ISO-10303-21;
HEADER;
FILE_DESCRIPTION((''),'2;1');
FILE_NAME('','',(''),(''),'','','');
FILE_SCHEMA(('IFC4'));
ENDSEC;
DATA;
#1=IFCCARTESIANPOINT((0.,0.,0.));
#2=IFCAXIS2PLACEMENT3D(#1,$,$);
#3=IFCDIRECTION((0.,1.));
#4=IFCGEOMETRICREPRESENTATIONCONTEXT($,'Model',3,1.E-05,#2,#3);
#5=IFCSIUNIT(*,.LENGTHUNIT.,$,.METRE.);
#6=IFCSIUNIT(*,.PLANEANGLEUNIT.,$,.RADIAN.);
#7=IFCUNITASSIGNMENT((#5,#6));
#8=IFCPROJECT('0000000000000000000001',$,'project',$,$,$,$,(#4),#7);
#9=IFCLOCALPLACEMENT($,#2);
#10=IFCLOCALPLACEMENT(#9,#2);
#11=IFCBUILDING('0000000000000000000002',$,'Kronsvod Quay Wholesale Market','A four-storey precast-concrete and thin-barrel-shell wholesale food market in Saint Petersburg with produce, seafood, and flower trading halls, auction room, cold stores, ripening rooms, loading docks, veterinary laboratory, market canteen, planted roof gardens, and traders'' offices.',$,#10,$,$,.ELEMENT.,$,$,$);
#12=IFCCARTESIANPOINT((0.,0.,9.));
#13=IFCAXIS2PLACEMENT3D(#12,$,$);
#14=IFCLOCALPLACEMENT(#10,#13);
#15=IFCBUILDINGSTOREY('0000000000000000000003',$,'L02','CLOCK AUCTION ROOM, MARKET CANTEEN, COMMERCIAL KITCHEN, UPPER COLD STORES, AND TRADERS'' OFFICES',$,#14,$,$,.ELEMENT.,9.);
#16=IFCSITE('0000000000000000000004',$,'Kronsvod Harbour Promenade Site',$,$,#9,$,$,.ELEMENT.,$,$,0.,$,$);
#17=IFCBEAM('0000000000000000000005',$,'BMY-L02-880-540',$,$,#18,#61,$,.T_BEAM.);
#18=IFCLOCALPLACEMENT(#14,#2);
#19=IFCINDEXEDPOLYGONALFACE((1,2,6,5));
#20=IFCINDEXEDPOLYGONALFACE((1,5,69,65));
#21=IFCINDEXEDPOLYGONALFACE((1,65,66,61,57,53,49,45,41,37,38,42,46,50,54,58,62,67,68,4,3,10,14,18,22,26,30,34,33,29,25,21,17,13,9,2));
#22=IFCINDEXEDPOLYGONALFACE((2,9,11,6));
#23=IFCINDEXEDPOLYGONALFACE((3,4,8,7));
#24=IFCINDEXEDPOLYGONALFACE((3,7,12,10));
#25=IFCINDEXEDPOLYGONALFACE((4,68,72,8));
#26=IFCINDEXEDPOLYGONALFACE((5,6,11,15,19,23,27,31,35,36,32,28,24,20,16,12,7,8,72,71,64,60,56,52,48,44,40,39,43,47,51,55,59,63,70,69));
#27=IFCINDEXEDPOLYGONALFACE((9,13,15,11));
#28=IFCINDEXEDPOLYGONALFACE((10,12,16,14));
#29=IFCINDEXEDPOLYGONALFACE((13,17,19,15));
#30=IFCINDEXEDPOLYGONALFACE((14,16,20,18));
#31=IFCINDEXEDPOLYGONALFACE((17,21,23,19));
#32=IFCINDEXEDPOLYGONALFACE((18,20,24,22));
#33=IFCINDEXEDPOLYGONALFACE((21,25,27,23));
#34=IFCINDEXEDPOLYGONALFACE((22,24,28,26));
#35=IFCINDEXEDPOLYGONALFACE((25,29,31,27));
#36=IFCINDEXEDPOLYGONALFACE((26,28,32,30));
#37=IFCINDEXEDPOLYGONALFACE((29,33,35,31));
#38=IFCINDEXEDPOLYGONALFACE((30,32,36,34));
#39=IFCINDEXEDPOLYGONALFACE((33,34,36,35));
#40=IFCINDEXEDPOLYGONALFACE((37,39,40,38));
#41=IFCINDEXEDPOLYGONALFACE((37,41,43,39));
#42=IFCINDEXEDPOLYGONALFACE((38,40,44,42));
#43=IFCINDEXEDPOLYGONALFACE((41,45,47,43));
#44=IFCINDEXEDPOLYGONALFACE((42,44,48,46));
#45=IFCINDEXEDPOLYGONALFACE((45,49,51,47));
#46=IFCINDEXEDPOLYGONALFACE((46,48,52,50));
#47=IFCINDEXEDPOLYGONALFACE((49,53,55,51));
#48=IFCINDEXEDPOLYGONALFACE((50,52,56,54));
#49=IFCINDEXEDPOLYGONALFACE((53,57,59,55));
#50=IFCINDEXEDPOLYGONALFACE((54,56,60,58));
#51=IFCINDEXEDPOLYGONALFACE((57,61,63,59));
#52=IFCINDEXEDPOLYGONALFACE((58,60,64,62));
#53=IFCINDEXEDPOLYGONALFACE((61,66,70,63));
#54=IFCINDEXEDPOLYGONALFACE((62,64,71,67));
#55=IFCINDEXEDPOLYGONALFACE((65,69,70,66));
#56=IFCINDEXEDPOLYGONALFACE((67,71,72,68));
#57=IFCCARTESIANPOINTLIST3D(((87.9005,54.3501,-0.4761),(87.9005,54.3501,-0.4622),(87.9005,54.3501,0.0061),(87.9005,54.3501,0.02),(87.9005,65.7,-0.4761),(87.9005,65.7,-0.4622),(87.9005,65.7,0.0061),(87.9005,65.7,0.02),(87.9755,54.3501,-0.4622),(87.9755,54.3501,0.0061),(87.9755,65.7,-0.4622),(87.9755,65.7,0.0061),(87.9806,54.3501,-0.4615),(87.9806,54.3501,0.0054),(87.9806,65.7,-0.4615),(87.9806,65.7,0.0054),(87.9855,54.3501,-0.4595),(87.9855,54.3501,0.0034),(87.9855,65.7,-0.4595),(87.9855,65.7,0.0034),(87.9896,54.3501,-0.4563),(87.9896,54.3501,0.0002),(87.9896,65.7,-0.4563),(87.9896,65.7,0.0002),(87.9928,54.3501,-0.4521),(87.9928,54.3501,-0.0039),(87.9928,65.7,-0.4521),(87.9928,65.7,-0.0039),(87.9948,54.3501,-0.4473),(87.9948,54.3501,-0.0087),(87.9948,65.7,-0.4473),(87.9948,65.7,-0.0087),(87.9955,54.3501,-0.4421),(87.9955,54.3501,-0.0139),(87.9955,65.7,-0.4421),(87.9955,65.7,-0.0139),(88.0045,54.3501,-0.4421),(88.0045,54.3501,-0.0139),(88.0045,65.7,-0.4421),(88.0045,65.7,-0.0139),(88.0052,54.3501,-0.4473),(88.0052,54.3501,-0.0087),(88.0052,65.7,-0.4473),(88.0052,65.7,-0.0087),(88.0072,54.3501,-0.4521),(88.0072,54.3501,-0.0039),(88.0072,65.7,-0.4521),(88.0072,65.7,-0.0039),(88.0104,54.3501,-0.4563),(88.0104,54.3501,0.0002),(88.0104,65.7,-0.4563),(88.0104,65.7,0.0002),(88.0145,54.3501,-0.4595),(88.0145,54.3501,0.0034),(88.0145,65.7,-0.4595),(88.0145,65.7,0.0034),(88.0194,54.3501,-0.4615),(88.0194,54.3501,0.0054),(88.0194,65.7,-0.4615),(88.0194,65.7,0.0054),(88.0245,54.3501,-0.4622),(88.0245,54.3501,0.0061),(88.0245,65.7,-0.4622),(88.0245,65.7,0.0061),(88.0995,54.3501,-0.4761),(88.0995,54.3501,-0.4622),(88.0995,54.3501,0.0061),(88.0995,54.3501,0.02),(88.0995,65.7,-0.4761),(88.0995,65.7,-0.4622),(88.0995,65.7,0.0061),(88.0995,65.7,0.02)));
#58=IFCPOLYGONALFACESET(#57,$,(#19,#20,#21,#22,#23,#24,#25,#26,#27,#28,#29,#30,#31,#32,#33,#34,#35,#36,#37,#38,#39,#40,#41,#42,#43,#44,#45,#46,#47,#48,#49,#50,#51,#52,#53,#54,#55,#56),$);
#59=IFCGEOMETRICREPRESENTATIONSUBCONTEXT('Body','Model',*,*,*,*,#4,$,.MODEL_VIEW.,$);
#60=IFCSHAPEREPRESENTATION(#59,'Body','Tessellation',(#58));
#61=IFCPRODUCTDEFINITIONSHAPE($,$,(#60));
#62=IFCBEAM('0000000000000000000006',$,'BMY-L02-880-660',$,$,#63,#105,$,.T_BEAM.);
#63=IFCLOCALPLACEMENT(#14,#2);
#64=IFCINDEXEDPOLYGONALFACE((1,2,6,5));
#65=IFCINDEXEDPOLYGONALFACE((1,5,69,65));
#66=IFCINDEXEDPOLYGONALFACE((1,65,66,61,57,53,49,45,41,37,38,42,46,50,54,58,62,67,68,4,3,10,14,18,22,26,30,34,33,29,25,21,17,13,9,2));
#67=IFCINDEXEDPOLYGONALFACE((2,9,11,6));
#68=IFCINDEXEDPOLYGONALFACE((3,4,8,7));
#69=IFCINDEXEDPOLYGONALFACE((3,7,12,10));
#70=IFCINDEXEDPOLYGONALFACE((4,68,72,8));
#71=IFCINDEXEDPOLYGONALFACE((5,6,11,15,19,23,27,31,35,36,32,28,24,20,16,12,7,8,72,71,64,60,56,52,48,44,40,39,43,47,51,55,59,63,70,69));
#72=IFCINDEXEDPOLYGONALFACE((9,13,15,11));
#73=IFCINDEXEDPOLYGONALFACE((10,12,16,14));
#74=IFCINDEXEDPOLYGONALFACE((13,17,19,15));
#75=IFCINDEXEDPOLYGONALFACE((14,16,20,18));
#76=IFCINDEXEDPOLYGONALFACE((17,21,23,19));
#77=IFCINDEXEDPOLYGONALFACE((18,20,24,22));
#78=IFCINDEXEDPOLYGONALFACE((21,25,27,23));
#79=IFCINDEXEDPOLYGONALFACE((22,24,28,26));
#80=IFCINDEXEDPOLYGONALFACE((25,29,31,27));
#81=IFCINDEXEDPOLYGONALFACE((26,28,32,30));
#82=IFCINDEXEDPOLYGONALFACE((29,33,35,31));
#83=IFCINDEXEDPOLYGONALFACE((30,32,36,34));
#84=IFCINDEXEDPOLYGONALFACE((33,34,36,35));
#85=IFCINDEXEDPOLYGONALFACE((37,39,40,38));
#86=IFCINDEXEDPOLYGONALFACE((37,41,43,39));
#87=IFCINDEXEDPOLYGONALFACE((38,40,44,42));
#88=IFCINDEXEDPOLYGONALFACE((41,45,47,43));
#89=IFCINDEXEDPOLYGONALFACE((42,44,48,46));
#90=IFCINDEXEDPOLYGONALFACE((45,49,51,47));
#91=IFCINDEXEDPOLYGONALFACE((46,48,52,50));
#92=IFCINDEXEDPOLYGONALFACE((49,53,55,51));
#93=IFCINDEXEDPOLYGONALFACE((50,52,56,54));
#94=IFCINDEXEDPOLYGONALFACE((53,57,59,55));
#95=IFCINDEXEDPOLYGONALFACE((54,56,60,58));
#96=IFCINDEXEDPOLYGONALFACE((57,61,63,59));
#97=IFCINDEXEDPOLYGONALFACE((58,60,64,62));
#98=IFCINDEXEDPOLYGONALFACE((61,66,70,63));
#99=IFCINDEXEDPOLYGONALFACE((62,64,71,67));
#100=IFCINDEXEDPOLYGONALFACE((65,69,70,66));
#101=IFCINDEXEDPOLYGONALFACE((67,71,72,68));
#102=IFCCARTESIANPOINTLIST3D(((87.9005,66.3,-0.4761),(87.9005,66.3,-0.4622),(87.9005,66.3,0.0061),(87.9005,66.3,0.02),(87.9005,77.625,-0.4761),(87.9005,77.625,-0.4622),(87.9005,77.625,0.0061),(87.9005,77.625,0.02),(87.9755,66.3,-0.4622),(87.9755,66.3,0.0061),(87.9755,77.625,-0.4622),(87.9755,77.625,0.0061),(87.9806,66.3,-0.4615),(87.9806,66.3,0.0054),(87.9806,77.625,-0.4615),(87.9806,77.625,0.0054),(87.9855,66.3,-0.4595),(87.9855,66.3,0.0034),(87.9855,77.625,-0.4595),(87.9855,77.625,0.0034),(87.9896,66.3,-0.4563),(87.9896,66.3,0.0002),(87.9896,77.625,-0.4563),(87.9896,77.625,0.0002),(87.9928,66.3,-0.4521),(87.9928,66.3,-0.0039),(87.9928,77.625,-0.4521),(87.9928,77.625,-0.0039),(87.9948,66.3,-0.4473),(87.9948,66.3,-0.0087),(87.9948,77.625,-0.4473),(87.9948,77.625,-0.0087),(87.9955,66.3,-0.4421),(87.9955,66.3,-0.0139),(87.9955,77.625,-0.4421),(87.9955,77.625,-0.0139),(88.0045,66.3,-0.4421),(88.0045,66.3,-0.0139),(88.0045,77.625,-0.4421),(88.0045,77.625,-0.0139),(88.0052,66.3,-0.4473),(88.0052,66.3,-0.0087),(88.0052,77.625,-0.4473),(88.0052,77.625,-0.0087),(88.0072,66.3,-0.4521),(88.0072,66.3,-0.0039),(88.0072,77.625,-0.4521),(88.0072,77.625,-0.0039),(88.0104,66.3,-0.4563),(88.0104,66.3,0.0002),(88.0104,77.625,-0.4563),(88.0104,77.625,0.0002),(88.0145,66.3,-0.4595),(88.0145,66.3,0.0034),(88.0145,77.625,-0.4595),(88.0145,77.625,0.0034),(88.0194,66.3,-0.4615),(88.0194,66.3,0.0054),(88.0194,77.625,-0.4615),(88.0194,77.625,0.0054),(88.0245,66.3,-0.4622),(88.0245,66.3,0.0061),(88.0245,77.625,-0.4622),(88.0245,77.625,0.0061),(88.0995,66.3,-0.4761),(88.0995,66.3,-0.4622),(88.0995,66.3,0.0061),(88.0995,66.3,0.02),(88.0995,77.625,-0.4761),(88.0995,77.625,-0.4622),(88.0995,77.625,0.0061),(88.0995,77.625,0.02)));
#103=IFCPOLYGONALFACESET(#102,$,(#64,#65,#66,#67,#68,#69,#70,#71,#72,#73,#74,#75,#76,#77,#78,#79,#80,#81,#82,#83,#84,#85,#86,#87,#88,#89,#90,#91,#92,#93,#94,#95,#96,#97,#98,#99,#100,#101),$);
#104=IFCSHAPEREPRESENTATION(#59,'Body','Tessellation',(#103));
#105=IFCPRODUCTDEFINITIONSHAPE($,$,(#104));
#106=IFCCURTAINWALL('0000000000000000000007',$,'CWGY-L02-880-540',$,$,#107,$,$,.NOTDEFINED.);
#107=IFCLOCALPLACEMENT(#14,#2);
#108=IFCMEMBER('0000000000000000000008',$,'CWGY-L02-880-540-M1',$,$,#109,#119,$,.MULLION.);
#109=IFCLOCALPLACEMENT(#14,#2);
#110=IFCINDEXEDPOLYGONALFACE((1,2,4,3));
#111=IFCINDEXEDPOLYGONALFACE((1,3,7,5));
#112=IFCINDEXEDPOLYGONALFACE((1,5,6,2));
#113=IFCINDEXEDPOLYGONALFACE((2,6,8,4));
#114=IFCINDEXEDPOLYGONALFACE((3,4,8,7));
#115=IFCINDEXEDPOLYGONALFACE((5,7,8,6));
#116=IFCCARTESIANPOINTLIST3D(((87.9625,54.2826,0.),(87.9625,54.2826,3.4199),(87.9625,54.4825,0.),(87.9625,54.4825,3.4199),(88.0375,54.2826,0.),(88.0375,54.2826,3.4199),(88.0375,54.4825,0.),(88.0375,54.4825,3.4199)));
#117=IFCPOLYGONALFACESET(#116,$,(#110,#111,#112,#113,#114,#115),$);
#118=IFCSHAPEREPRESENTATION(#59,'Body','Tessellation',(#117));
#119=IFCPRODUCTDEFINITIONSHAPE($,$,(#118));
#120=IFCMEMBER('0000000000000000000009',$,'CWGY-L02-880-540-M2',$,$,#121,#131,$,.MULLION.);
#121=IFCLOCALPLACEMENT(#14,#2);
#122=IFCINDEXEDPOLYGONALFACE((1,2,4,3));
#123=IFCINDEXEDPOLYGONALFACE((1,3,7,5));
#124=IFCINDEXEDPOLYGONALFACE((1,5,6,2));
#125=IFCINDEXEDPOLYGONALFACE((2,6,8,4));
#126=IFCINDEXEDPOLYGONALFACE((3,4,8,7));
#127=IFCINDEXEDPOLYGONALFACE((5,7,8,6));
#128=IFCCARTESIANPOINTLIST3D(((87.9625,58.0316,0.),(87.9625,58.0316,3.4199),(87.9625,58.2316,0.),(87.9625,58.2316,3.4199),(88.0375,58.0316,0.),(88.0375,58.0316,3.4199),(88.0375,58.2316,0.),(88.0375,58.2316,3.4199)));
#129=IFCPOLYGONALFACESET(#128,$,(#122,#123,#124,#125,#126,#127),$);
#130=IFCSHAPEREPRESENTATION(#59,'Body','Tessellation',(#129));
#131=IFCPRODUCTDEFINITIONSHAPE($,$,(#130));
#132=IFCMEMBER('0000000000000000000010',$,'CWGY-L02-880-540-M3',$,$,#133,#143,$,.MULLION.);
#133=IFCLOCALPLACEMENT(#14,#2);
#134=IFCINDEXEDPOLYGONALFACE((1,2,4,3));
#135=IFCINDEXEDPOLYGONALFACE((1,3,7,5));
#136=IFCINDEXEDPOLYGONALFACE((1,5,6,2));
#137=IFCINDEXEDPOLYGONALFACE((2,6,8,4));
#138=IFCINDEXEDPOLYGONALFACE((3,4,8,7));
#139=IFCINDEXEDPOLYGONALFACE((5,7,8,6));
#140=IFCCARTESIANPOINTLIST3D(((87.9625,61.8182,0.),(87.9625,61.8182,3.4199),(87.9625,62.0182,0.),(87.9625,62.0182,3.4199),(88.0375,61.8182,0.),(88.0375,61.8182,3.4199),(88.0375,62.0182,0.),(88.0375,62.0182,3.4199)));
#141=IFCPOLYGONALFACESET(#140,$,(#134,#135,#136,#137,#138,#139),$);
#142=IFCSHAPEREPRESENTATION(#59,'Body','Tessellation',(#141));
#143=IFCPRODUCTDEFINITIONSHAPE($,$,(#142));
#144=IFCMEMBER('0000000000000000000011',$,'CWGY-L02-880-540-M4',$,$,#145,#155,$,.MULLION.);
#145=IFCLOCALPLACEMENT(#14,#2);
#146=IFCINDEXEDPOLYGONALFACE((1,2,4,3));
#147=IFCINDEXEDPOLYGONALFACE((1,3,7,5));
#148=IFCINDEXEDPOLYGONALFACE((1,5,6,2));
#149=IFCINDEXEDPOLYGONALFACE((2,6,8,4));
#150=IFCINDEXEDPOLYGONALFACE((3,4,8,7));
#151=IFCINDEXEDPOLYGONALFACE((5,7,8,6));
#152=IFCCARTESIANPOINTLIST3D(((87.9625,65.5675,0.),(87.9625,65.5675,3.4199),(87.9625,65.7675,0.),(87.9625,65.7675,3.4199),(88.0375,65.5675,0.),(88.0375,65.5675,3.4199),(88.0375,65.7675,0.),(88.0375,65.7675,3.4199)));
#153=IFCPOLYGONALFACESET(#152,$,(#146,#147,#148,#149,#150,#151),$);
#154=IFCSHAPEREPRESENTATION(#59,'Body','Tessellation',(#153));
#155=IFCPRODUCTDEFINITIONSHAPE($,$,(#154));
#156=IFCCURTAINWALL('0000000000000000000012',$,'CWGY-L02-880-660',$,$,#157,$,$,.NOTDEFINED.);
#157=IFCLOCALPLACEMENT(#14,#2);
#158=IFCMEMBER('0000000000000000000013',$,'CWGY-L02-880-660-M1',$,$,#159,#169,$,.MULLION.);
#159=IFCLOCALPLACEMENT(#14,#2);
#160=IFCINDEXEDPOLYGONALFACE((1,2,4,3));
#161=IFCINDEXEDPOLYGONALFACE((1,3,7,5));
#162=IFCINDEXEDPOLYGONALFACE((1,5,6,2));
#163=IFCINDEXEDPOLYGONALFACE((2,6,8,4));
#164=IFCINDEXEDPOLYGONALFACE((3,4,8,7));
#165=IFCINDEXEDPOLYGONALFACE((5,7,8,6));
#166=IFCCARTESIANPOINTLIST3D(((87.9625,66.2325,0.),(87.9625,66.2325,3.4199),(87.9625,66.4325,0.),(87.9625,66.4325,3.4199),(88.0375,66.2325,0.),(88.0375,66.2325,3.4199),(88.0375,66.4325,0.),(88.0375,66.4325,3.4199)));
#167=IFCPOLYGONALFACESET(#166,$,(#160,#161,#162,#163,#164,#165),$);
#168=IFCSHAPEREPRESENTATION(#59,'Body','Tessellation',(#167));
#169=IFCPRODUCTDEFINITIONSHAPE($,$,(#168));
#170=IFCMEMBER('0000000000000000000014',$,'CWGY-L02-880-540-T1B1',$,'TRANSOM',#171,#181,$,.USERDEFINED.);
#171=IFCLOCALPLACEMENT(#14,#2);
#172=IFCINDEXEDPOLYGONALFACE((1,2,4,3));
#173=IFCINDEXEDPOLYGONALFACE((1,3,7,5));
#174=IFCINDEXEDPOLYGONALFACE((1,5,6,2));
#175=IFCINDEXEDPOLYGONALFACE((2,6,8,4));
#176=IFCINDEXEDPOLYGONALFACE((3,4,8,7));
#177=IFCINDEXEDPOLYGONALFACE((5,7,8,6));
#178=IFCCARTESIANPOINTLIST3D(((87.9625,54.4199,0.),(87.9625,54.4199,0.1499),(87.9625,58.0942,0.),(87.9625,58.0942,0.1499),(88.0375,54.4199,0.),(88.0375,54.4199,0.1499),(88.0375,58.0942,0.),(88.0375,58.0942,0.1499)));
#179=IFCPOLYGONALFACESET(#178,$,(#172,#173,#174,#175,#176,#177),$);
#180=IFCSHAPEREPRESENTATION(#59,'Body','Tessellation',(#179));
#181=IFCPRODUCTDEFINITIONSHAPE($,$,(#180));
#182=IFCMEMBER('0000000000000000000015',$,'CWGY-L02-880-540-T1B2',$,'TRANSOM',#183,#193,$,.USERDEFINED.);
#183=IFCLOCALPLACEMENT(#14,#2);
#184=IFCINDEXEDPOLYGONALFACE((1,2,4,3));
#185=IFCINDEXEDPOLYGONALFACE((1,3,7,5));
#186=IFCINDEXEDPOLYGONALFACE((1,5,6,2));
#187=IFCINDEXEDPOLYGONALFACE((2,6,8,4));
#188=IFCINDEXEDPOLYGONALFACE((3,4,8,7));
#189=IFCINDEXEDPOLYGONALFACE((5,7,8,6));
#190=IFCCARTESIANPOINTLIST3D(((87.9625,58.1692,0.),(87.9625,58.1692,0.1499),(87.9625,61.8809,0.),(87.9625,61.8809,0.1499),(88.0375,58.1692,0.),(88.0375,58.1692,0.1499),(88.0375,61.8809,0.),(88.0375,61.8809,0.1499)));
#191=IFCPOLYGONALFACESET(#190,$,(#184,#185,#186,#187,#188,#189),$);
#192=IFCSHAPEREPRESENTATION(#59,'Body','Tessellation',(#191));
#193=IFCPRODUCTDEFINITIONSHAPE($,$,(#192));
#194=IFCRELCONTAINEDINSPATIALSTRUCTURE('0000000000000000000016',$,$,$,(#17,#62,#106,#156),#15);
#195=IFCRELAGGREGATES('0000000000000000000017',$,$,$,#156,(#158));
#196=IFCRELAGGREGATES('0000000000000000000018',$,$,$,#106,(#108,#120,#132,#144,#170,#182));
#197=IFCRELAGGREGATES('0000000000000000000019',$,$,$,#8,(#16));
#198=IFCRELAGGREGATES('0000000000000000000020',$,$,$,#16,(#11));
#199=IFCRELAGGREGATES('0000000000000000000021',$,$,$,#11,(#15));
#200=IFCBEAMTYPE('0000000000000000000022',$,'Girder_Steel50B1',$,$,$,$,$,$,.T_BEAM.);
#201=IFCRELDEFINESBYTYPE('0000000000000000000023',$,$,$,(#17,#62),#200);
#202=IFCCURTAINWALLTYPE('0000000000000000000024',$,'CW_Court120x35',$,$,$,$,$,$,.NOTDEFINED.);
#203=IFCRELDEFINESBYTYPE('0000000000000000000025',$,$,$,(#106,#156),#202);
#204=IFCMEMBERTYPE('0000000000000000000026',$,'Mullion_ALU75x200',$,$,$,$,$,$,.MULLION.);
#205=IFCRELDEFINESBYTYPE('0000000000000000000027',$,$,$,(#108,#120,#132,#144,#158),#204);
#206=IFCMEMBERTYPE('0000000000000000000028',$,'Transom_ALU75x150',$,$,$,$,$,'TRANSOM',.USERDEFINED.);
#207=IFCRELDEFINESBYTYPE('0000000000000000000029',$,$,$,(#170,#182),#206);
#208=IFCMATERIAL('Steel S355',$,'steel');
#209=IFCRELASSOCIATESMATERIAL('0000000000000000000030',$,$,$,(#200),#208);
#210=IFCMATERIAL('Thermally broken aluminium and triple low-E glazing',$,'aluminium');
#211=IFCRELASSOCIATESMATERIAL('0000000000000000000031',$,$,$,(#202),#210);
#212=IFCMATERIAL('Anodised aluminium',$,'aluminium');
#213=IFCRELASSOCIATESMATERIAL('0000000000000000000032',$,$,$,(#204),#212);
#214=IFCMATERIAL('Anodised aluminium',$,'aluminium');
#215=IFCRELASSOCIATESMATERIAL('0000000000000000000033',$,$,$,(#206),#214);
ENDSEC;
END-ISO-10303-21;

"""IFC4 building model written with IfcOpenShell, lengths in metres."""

from ifc_helpers import new_model, si_unit, direction, frame, origin, origin_2d, place, context, subcontext, project, spatial, rectangle, i_section, extrude, material, material_profile, profile_set, type_object, element, aggregate, save


model = new_model("IFC4")

# Units and contexts
model_context = context("Model", 3, precision=1e-05, world=origin(), true_north=direction((0.0, 1.0)))
body_context = subcontext(model_context, "Body", "Model", "MODEL_VIEW")
ifc_project = project(units=[si_unit("LENGTHUNIT", "METRE"), si_unit("PLANEANGLEUNIT", "RADIAN")], contexts=[model_context])

# Site, building, storey
site_placement = place(None, origin())
site = spatial("IfcSite", under=ifc_project, at=site_placement, Name="Kronsvod Harbour Promenade Site", CompositionType="ELEMENT", RefElevation=0.0)
building_placement = place(site_placement, origin())
building = spatial("IfcBuilding", under=site, at=building_placement, Name="Kronsvod Quay Wholesale Market", Description="A four-storey precast-concrete and thin-barrel-shell wholesale food market in Saint Petersburg with produce, seafood, and flower trading halls, auction room, cold stores, ripening rooms, loading docks, veterinary laboratory, market canteen, planted roof gardens, and traders' offices.", CompositionType="ELEMENT")
storey_placement = place(building_placement, frame((0.0, 0.0, 9.0)))
storey = spatial("IfcBuildingStorey", under=building, at=storey_placement, Name="L02", Description="CLOCK AUCTION ROOM, MARKET CANTEEN, COMMERCIAL KITCHEN, UPPER COLD STORES, AND TRADERS' OFFICES", CompositionType="ELEMENT", Elevation=9.0)

# Beams
ifc_material_1 = material(Name="Steel S355", Category="steel")
ifc_material_profile_1 = material_profile(ifc_material_1, i_section(OverallWidth=0.199, OverallDepth=0.4961, WebThickness=0.009, FlangeThickness=0.0139, FilletRadius=0.02, at=origin_2d()), Name="50B1")
ifc_profile_set_1 = profile_set([ifc_material_profile_1], Name="Steel S355")
beam_type = type_object("IfcBeamType", Name="Girder_Steel50B1", PredefinedType="T_BEAM", material=ifc_profile_set_1)
beam_1_placement = place(storey_placement, frame((88.0, 54.3501, -0.228), z_axis=(0.0, 1.0, 0.0), x_axis=(-1.0, 0.0, 0.0)))
element("IfcBeam", 1, at=beam_1_placement, inside=storey, type_object=beam_type, Name="BMY-L02-880-540", PredefinedType="T_BEAM", context=body_context, shape_type="SweptSolid", body=[
    extrude(i_section(OverallWidth=0.199, OverallDepth=0.4961, WebThickness=0.009, FlangeThickness=0.0139, FilletRadius=0.02, at=origin_2d()), origin(), (0.0, 0.0, 1.0), 11.3499),
])
beam_2_placement = place(storey_placement, frame((88.0, 66.3, -0.228), z_axis=(0.0, 1.0, 0.0), x_axis=(-1.0, 0.0, 0.0)))
element("IfcBeam", 2, at=beam_2_placement, inside=storey, type_object=beam_type, Name="BMY-L02-880-660", PredefinedType="T_BEAM", context=body_context, shape_type="SweptSolid", body=[
    extrude(i_section(OverallWidth=0.199, OverallDepth=0.4961, WebThickness=0.009, FlangeThickness=0.0139, FilletRadius=0.02, at=origin_2d()), origin(), (0.0, 0.0, 1.0), 11.325),
])

# Curtain wall, members
ifc_material_2 = material(Name="Thermally broken aluminium and triple low-E glazing", Category="aluminium")
curtain_wall_type = type_object("IfcCurtainWallType", Name="CW_Court120x35", PredefinedType="NOTDEFINED", material=ifc_material_2)
curtain_wall_1_placement = place(storey_placement, origin())
curtain_wall_1 = element("IfcCurtainWall", 3, at=curtain_wall_1_placement, inside=storey, type_object=curtain_wall_type, Name="CWGY-L02-880-540", PredefinedType="NOTDEFINED")
ifc_material_3 = material(Name="Anodised aluminium", Category="aluminium")
ifc_material_profile_2 = material_profile(ifc_material_3, rectangle(XDim=0.075, YDim=0.2, at=origin_2d()), Name="ALUM75x200")
ifc_profile_set_2 = profile_set([ifc_material_profile_2], Name="Anodised aluminium")
member_type_1 = type_object("IfcMemberType", Name="Mullion_ALU75x200", PredefinedType="MULLION", material=ifc_profile_set_2)
member_1_placement = place(storey_placement, frame((88.0, 54.3826, 0.0), z_axis=(0.0, 0.0, 1.0), x_axis=(1.0, 0.0, 0.0)))
member_1 = element("IfcMember", 4, at=member_1_placement, type_object=member_type_1, Name="CWGY-L02-880-540-M1", PredefinedType="MULLION", context=body_context, shape_type="SweptSolid", body=[
    extrude(rectangle(XDim=0.075, YDim=0.2, at=origin_2d()), origin(), (0.0, 0.0, 1.0), 3.4199),
])
member_2_placement = place(storey_placement, frame((88.0, 58.1316, 0.0), z_axis=(0.0, 0.0, 1.0), x_axis=(1.0, 0.0, 0.0)))
member_2 = element("IfcMember", 5, at=member_2_placement, type_object=member_type_1, Name="CWGY-L02-880-540-M2", PredefinedType="MULLION", context=body_context, shape_type="SweptSolid", body=[
    extrude(rectangle(XDim=0.075, YDim=0.2, at=origin_2d()), origin(), (0.0, 0.0, 1.0), 3.4199),
])
member_3_placement = place(storey_placement, frame((88.0, 61.9182, 0.0), z_axis=(0.0, 0.0, 1.0), x_axis=(1.0, 0.0, 0.0)))
member_3 = element("IfcMember", 6, at=member_3_placement, type_object=member_type_1, Name="CWGY-L02-880-540-M3", PredefinedType="MULLION", context=body_context, shape_type="SweptSolid", body=[
    extrude(rectangle(XDim=0.075, YDim=0.2, at=origin_2d()), origin(), (0.0, 0.0, 1.0), 3.4199),
])
member_4_placement = place(storey_placement, frame((88.0, 65.6675, 0.0), z_axis=(0.0, 0.0, 1.0), x_axis=(1.0, 0.0, 0.0)))
member_4 = element("IfcMember", 7, at=member_4_placement, type_object=member_type_1, Name="CWGY-L02-880-540-M4", PredefinedType="MULLION", context=body_context, shape_type="SweptSolid", body=[
    extrude(rectangle(XDim=0.075, YDim=0.2, at=origin_2d()), origin(), (0.0, 0.0, 1.0), 3.4199),
])

# Curtain wall, member
curtain_wall_2_placement = place(storey_placement, origin())
curtain_wall_2 = element("IfcCurtainWall", 8, at=curtain_wall_2_placement, inside=storey, type_object=curtain_wall_type, Name="CWGY-L02-880-660", PredefinedType="NOTDEFINED")
member_5_placement = place(storey_placement, frame((88.0, 66.3325, 0.0), z_axis=(0.0, 0.0, 1.0), x_axis=(1.0, 0.0, 0.0)))
member_5 = element("IfcMember", 9, at=member_5_placement, type_object=member_type_1, Name="CWGY-L02-880-660-M1", PredefinedType="MULLION", context=body_context, shape_type="SweptSolid", body=[
    extrude(rectangle(XDim=0.075, YDim=0.2, at=origin_2d()), origin(), (0.0, 0.0, 1.0), 3.4199),
])
aggregate(curtain_wall_2, [member_5])

# Members
ifc_material_4 = material(Name="Anodised aluminium", Category="aluminium")
ifc_material_profile_3 = material_profile(ifc_material_4, rectangle(XDim=0.075, YDim=0.1499, at=origin_2d()), Name="ALUT75x150")
ifc_profile_set_3 = profile_set([ifc_material_profile_3], Name="Anodised aluminium")
member_type_2 = type_object("IfcMemberType", Name="Transom_ALU75x150", ElementType="TRANSOM", PredefinedType="USERDEFINED", material=ifc_profile_set_3)
member_6_placement = place(storey_placement, frame((88.0, 54.4199, 0.075), z_axis=(0.0, 1.0, 0.0), x_axis=(-1.0, 0.0, 0.0)))
member_6 = element("IfcMember", 10, at=member_6_placement, type_object=member_type_2, Name="CWGY-L02-880-540-T1B1", ObjectType="TRANSOM", PredefinedType="USERDEFINED", context=body_context, shape_type="SweptSolid", body=[
    extrude(rectangle(XDim=0.075, YDim=0.1499, at=origin_2d()), origin(), (0.0, 0.0, 1.0), 3.6743),
])
member_7_placement = place(storey_placement, frame((88.0, 58.1692, 0.075), z_axis=(0.0, 1.0, 0.0), x_axis=(-1.0, 0.0, 0.0)))
member_7 = element("IfcMember", 11, at=member_7_placement, type_object=member_type_2, Name="CWGY-L02-880-540-T1B2", ObjectType="TRANSOM", PredefinedType="USERDEFINED", context=body_context, shape_type="SweptSolid", body=[
    extrude(rectangle(XDim=0.075, YDim=0.1499, at=origin_2d()), origin(), (0.0, 0.0, 1.0), 3.7117),
])

aggregate(curtain_wall_1, [member_1, member_2, member_3, member_4, member_6, member_7])

save(model, "model.ifc")
